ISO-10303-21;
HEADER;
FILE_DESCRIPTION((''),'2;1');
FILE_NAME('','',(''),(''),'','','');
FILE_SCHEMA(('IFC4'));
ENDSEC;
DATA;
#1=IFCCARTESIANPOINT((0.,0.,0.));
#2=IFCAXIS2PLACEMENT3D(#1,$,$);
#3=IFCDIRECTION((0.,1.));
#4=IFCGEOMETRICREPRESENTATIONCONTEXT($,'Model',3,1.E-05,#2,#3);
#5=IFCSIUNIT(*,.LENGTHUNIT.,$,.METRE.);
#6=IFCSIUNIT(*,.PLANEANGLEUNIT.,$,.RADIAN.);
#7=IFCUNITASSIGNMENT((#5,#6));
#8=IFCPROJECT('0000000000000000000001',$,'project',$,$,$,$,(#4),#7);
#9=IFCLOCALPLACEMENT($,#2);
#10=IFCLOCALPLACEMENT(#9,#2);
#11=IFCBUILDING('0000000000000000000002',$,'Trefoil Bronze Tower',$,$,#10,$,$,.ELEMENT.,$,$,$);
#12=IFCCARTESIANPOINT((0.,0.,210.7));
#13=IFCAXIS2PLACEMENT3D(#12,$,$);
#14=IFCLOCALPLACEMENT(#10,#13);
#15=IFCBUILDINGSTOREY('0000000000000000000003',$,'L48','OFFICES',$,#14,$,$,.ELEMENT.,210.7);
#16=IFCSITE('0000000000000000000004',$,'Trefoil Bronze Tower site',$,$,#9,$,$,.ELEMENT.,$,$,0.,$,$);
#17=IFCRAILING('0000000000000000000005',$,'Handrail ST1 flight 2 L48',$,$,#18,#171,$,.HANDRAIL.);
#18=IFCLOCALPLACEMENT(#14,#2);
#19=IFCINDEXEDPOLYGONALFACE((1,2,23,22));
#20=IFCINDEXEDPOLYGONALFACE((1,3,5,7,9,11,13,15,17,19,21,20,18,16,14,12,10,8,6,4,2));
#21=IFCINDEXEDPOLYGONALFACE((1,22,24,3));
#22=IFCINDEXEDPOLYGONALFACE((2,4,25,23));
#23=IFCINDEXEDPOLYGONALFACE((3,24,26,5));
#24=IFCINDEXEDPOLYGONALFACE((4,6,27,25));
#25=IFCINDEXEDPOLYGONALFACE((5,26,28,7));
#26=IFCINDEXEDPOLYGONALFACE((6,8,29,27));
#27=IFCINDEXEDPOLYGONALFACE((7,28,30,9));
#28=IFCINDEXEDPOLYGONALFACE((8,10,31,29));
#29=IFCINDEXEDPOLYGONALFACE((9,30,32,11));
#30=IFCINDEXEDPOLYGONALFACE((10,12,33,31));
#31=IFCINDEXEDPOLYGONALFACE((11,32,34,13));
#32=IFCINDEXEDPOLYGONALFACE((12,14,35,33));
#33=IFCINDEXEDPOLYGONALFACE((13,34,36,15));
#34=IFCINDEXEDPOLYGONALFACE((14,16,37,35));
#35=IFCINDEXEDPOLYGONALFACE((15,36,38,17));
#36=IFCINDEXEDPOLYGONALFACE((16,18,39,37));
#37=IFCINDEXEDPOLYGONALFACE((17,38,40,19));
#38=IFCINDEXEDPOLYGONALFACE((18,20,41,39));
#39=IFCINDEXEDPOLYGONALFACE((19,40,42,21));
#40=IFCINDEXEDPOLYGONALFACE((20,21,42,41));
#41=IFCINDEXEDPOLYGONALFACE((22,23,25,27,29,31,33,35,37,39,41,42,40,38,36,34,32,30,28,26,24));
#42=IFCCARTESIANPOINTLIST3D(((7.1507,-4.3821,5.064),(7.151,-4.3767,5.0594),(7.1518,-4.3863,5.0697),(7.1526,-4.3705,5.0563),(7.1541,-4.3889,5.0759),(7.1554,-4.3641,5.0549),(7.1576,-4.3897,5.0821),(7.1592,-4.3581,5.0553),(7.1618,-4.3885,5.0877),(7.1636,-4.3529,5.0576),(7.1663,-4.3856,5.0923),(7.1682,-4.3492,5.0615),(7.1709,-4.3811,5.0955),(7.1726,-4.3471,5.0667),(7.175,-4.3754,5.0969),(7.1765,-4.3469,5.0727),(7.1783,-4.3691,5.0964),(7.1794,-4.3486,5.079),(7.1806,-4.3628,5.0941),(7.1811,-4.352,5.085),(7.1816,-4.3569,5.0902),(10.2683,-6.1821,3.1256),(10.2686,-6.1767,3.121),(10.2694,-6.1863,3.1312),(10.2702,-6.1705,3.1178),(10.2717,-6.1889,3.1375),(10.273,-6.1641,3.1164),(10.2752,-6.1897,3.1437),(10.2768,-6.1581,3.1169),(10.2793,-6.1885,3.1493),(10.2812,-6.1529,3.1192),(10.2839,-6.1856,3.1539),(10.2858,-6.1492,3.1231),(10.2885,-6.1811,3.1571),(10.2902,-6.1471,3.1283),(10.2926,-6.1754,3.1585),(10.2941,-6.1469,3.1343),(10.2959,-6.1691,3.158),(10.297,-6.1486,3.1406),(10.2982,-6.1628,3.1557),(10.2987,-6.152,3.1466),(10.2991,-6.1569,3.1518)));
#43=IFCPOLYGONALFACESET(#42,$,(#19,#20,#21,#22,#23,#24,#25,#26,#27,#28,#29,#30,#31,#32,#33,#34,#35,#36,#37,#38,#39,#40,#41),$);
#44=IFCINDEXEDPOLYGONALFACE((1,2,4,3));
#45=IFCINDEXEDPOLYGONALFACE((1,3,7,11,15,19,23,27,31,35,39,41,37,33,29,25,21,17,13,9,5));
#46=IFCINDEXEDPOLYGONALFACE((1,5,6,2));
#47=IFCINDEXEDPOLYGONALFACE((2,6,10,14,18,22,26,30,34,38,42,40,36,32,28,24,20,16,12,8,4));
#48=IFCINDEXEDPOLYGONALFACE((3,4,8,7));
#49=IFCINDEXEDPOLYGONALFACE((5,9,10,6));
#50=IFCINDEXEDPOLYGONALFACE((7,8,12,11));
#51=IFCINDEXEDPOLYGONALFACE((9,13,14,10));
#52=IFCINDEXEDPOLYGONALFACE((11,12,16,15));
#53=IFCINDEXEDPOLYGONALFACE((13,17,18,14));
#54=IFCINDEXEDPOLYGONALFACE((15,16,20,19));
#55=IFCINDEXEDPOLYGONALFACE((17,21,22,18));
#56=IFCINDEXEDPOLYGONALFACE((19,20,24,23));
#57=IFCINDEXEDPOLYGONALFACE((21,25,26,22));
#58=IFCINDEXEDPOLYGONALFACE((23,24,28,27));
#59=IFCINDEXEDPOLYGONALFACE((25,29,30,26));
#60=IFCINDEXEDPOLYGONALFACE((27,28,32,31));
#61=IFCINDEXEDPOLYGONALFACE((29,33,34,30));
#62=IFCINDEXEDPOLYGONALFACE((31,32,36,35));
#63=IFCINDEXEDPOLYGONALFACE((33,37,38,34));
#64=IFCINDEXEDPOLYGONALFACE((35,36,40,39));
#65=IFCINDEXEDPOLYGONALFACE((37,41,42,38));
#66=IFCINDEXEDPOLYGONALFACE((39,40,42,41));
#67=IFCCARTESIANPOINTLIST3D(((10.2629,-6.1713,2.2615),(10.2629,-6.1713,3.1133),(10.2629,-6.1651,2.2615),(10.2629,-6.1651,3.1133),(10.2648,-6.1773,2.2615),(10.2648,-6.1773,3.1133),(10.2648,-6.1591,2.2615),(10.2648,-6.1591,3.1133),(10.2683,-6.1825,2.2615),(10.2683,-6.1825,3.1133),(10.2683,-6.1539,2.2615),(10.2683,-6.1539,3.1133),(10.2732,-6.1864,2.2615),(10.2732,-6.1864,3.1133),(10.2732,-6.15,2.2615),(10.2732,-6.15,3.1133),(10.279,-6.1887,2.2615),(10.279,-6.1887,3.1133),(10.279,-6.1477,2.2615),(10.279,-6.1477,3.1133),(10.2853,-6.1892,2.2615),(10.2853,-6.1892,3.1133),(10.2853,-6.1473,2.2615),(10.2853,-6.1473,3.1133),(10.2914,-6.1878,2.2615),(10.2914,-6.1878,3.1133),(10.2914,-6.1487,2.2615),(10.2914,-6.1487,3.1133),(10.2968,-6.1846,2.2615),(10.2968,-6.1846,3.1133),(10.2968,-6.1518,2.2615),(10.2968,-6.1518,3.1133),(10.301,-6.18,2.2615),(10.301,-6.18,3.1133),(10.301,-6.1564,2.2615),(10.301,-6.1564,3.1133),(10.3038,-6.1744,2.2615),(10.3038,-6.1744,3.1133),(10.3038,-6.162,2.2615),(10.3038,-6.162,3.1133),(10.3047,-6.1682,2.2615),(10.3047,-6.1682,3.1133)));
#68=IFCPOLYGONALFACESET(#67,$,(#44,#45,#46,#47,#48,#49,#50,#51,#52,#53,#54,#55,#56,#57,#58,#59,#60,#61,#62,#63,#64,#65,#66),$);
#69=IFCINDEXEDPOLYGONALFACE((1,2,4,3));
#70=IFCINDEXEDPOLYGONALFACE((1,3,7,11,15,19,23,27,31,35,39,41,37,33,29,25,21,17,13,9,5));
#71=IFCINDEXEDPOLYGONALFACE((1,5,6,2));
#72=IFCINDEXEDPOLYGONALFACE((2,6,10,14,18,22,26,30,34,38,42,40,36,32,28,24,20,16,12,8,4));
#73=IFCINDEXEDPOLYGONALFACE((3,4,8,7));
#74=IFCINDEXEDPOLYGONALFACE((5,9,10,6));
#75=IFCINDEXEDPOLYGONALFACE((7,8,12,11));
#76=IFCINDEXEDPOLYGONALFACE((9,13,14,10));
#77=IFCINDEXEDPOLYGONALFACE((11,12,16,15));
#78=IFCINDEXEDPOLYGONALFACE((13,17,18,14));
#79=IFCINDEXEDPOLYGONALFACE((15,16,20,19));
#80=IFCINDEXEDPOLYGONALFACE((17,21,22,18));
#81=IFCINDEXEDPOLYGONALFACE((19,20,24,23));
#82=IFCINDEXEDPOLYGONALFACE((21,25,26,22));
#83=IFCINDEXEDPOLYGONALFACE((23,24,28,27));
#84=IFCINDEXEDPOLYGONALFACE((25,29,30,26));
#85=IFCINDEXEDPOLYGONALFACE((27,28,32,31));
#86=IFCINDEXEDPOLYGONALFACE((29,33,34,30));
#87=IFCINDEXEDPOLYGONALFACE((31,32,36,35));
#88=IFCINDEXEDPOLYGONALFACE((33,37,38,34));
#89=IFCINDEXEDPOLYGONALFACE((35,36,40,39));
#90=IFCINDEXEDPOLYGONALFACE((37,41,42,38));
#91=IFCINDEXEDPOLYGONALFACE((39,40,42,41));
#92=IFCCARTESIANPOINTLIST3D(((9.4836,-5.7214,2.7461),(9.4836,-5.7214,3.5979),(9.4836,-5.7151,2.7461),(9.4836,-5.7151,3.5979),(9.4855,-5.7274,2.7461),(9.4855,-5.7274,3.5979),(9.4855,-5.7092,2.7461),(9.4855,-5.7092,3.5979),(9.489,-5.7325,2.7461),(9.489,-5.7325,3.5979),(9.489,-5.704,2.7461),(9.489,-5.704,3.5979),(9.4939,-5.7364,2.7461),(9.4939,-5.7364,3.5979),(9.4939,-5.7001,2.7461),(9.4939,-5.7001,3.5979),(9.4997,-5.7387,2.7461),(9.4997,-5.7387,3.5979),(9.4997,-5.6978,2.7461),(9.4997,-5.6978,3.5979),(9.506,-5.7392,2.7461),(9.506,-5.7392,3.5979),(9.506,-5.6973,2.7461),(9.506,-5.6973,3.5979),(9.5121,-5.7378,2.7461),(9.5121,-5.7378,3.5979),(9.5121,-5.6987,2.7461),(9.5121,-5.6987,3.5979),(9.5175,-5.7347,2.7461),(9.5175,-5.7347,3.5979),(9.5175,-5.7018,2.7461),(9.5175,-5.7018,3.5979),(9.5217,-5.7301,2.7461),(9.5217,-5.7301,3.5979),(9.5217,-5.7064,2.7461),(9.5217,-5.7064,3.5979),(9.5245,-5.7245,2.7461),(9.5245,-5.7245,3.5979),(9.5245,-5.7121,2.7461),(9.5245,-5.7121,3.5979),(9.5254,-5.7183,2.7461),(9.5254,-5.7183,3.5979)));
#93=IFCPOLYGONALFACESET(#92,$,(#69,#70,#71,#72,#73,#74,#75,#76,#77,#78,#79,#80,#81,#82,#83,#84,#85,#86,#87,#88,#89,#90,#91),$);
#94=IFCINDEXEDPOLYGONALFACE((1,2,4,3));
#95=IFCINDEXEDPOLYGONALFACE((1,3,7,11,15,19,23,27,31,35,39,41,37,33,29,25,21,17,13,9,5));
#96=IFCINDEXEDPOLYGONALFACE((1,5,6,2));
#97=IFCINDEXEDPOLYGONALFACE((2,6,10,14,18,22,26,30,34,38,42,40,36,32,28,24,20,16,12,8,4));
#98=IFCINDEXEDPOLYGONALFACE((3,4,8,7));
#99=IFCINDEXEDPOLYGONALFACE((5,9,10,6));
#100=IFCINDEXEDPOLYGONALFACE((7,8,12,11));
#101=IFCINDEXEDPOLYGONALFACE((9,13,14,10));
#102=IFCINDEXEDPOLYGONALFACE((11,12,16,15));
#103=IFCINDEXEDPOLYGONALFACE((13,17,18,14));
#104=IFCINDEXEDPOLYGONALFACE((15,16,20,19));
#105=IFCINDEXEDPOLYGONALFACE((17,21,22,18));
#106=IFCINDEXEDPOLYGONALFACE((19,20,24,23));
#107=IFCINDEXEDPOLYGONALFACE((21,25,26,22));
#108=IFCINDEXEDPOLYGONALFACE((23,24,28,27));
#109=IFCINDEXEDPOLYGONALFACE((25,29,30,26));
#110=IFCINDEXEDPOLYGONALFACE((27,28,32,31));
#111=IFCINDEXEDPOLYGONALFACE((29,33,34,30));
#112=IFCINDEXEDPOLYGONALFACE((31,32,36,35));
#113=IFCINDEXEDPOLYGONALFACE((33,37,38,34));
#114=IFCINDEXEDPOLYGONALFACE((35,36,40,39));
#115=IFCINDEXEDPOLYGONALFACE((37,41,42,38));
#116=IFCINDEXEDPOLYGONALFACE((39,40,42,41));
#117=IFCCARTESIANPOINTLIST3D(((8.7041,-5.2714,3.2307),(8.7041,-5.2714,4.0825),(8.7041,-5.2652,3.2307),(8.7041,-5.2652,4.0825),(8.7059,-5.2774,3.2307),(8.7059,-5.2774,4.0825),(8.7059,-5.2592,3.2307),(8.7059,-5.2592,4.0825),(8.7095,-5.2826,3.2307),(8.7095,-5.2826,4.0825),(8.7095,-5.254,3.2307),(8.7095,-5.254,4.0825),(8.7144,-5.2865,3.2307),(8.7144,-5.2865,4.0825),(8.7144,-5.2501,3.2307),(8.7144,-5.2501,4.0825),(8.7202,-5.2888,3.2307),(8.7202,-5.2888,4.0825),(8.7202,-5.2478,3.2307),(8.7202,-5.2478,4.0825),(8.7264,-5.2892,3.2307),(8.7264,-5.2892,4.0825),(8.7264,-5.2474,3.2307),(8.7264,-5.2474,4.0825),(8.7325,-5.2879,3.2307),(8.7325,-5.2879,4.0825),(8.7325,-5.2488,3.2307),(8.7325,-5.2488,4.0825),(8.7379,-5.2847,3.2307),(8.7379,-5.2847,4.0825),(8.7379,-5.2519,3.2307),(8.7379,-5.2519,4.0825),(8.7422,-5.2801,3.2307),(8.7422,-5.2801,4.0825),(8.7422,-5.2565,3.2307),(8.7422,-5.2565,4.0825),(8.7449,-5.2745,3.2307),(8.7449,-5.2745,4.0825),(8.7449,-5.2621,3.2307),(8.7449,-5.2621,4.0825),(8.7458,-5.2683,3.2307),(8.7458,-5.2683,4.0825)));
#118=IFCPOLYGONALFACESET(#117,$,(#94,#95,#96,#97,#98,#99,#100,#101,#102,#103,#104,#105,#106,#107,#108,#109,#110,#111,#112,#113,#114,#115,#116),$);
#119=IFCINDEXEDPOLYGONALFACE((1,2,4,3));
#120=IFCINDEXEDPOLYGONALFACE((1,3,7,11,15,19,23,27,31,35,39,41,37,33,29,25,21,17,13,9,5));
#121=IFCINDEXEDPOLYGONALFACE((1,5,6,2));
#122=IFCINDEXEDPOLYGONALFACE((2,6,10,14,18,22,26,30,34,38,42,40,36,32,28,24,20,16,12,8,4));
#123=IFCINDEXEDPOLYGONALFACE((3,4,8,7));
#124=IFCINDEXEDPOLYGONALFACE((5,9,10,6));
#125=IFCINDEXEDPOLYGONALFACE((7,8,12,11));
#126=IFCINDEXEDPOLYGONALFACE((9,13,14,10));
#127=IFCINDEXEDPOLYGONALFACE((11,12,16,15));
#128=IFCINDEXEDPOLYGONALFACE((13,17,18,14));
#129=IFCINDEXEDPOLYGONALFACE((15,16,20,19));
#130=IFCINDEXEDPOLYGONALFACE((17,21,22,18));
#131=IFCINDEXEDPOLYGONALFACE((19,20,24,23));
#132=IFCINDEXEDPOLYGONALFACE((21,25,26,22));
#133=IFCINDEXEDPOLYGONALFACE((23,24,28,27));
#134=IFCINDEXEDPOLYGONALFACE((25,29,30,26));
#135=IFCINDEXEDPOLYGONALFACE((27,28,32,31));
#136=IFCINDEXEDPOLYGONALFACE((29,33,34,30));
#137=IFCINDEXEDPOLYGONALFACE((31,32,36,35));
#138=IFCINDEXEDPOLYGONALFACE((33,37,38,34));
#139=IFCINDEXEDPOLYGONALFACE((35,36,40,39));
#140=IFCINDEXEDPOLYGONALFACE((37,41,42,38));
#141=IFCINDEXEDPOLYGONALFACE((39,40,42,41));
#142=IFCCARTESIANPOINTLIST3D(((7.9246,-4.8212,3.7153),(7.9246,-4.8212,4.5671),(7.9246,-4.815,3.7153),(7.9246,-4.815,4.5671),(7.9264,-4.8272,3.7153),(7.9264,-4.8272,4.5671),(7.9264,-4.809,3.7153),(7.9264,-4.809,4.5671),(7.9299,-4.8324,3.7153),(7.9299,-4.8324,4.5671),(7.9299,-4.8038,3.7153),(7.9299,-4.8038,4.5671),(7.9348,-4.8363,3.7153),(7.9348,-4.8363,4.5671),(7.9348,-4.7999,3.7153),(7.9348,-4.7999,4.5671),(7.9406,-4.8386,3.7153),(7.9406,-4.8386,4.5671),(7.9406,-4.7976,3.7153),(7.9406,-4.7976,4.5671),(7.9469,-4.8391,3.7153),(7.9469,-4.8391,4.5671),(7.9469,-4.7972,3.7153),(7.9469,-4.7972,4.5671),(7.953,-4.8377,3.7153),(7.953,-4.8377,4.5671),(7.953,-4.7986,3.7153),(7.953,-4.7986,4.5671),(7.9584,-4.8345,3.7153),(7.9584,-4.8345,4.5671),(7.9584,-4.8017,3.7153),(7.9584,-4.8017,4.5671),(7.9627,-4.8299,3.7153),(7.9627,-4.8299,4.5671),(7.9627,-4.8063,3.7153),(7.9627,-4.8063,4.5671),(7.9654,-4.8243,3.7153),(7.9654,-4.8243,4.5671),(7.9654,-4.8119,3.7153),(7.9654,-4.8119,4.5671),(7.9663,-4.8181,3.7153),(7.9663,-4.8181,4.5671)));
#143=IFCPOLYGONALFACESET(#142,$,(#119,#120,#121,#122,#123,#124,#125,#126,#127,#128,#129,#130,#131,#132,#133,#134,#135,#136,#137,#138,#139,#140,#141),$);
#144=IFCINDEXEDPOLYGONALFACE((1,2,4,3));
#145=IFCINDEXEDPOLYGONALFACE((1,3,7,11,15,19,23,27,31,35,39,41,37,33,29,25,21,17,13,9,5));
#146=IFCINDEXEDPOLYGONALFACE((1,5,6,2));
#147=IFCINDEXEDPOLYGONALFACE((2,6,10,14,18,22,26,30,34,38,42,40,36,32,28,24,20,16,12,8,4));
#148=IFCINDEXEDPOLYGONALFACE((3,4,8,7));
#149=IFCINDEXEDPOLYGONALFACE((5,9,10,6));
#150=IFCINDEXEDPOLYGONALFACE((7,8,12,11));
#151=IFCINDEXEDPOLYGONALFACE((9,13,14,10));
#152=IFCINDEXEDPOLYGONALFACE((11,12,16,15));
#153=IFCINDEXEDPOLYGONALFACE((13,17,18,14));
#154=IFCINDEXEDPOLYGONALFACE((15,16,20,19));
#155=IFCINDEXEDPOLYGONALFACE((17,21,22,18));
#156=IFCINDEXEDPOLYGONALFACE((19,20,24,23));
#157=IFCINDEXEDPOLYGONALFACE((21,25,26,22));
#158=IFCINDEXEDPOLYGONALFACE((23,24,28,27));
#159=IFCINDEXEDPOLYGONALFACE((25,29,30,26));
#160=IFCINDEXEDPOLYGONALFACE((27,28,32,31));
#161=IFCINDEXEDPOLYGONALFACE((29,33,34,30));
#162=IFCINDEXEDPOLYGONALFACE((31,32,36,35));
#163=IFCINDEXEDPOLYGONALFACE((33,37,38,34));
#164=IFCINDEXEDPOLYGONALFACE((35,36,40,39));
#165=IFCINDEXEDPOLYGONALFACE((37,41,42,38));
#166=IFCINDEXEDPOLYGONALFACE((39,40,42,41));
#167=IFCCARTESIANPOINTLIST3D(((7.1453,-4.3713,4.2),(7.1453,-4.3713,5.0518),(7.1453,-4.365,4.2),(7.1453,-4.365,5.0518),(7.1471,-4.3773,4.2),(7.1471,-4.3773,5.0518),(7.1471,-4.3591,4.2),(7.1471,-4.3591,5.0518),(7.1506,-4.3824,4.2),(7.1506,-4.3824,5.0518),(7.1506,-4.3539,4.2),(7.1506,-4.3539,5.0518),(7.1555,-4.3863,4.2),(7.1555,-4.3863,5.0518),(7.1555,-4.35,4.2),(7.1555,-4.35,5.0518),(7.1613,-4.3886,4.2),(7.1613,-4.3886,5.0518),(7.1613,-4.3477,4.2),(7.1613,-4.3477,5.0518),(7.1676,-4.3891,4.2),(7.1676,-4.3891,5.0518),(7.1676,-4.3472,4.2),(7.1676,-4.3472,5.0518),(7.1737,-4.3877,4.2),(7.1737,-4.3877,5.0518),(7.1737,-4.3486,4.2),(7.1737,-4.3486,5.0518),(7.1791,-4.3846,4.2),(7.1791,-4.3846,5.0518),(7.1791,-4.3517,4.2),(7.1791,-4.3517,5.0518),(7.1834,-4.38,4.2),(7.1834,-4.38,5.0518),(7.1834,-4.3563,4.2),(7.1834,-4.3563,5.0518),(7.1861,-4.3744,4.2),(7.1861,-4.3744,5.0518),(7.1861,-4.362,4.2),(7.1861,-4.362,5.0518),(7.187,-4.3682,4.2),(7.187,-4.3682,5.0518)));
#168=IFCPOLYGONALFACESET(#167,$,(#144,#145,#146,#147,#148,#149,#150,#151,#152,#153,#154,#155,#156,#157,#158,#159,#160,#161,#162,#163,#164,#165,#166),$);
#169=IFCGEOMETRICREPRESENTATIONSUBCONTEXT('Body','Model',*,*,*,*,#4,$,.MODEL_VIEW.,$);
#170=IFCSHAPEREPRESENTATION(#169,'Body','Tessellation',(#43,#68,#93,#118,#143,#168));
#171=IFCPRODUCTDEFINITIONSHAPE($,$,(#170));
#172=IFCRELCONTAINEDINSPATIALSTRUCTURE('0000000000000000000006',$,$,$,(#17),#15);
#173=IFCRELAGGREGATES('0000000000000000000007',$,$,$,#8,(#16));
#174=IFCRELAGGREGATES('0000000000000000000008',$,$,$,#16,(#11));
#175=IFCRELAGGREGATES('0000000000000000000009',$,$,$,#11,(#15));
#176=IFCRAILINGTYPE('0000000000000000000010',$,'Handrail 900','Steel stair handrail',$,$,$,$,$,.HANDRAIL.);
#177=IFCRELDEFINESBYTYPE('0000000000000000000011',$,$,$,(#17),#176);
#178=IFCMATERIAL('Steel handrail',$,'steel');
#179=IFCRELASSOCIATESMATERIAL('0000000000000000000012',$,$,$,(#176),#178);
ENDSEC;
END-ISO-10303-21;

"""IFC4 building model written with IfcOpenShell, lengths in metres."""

from ifc_helpers import new_model, si_unit, direction, frame, origin, origin_2d, place, context, subcontext, project, spatial, circle, extrude, material, type_object, element, save


model = new_model("IFC4")

# Units and contexts
model_context = context("Model", 3, precision=1e-05, world=origin(), true_north=direction((0.0, 1.0)))
body_context = subcontext(model_context, "Body", "Model", "MODEL_VIEW")
ifc_project = project(units=[si_unit("LENGTHUNIT", "METRE"), si_unit("PLANEANGLEUNIT", "RADIAN")], contexts=[model_context])

# Site, building, storey
site_placement = place(None, origin())
site = spatial("IfcSite", under=ifc_project, at=site_placement, Name="Trefoil Bronze Tower site", CompositionType="ELEMENT", RefElevation=0.0)
building_placement = place(site_placement, origin())
building = spatial("IfcBuilding", under=site, at=building_placement, Name="Trefoil Bronze Tower", CompositionType="ELEMENT")
storey_placement = place(building_placement, frame((0.0, 0.0, 210.7)))
storey = spatial("IfcBuildingStorey", under=building, at=storey_placement, Name="L48", Description="OFFICES", CompositionType="ELEMENT", Elevation=210.7)

# Railing
ifc_material_1 = material(Name="Steel handrail", Category="steel")
railing_type = type_object("IfcRailingType", Name="Handrail 900", Description="Steel stair handrail", PredefinedType="HANDRAIL", material=ifc_material_1)
railing_1_placement = place(storey_placement, frame((10.2837, -6.1682, 2.2615)))
element("IfcRailing", 1, at=railing_1_placement, inside=storey, type_object=railing_type, Name="Handrail ST1 flight 2 L48", PredefinedType="HANDRAIL", context=body_context, shape_type="SweptSolid", body=[
    extrude(circle(Radius=0.0239, at=origin_2d()), frame((0.0, 0.0, 0.876), z_axis=(-0.762503, 0.440246, 0.474102), x_axis=(-0.500012, -0.866018, 0.0)), (0.0, 0.0, 1.0), 4.0886),
    extrude(circle(Radius=0.021, at=origin_2d()), origin(), (0.0, 0.0, 1.0), 0.8518),
    extrude(circle(Radius=0.021, at=origin_2d()), frame((-0.7793, 0.45, 0.4846)), (0.0, 0.0, 1.0), 0.8518),
    extrude(circle(Radius=0.021, at=origin_2d()), frame((-1.5588, 0.8999, 0.9692)), (0.0, 0.0, 1.0), 0.8518),
    extrude(circle(Radius=0.021, at=origin_2d()), frame((-2.3384, 1.3501, 1.4539)), (0.0, 0.0, 1.0), 0.8518),
    extrude(circle(Radius=0.021, at=origin_2d()), frame((-3.1177, 1.8, 1.9385)), (0.0, 0.0, 1.0), 0.8518),
])

save(model, "model.ifc")
